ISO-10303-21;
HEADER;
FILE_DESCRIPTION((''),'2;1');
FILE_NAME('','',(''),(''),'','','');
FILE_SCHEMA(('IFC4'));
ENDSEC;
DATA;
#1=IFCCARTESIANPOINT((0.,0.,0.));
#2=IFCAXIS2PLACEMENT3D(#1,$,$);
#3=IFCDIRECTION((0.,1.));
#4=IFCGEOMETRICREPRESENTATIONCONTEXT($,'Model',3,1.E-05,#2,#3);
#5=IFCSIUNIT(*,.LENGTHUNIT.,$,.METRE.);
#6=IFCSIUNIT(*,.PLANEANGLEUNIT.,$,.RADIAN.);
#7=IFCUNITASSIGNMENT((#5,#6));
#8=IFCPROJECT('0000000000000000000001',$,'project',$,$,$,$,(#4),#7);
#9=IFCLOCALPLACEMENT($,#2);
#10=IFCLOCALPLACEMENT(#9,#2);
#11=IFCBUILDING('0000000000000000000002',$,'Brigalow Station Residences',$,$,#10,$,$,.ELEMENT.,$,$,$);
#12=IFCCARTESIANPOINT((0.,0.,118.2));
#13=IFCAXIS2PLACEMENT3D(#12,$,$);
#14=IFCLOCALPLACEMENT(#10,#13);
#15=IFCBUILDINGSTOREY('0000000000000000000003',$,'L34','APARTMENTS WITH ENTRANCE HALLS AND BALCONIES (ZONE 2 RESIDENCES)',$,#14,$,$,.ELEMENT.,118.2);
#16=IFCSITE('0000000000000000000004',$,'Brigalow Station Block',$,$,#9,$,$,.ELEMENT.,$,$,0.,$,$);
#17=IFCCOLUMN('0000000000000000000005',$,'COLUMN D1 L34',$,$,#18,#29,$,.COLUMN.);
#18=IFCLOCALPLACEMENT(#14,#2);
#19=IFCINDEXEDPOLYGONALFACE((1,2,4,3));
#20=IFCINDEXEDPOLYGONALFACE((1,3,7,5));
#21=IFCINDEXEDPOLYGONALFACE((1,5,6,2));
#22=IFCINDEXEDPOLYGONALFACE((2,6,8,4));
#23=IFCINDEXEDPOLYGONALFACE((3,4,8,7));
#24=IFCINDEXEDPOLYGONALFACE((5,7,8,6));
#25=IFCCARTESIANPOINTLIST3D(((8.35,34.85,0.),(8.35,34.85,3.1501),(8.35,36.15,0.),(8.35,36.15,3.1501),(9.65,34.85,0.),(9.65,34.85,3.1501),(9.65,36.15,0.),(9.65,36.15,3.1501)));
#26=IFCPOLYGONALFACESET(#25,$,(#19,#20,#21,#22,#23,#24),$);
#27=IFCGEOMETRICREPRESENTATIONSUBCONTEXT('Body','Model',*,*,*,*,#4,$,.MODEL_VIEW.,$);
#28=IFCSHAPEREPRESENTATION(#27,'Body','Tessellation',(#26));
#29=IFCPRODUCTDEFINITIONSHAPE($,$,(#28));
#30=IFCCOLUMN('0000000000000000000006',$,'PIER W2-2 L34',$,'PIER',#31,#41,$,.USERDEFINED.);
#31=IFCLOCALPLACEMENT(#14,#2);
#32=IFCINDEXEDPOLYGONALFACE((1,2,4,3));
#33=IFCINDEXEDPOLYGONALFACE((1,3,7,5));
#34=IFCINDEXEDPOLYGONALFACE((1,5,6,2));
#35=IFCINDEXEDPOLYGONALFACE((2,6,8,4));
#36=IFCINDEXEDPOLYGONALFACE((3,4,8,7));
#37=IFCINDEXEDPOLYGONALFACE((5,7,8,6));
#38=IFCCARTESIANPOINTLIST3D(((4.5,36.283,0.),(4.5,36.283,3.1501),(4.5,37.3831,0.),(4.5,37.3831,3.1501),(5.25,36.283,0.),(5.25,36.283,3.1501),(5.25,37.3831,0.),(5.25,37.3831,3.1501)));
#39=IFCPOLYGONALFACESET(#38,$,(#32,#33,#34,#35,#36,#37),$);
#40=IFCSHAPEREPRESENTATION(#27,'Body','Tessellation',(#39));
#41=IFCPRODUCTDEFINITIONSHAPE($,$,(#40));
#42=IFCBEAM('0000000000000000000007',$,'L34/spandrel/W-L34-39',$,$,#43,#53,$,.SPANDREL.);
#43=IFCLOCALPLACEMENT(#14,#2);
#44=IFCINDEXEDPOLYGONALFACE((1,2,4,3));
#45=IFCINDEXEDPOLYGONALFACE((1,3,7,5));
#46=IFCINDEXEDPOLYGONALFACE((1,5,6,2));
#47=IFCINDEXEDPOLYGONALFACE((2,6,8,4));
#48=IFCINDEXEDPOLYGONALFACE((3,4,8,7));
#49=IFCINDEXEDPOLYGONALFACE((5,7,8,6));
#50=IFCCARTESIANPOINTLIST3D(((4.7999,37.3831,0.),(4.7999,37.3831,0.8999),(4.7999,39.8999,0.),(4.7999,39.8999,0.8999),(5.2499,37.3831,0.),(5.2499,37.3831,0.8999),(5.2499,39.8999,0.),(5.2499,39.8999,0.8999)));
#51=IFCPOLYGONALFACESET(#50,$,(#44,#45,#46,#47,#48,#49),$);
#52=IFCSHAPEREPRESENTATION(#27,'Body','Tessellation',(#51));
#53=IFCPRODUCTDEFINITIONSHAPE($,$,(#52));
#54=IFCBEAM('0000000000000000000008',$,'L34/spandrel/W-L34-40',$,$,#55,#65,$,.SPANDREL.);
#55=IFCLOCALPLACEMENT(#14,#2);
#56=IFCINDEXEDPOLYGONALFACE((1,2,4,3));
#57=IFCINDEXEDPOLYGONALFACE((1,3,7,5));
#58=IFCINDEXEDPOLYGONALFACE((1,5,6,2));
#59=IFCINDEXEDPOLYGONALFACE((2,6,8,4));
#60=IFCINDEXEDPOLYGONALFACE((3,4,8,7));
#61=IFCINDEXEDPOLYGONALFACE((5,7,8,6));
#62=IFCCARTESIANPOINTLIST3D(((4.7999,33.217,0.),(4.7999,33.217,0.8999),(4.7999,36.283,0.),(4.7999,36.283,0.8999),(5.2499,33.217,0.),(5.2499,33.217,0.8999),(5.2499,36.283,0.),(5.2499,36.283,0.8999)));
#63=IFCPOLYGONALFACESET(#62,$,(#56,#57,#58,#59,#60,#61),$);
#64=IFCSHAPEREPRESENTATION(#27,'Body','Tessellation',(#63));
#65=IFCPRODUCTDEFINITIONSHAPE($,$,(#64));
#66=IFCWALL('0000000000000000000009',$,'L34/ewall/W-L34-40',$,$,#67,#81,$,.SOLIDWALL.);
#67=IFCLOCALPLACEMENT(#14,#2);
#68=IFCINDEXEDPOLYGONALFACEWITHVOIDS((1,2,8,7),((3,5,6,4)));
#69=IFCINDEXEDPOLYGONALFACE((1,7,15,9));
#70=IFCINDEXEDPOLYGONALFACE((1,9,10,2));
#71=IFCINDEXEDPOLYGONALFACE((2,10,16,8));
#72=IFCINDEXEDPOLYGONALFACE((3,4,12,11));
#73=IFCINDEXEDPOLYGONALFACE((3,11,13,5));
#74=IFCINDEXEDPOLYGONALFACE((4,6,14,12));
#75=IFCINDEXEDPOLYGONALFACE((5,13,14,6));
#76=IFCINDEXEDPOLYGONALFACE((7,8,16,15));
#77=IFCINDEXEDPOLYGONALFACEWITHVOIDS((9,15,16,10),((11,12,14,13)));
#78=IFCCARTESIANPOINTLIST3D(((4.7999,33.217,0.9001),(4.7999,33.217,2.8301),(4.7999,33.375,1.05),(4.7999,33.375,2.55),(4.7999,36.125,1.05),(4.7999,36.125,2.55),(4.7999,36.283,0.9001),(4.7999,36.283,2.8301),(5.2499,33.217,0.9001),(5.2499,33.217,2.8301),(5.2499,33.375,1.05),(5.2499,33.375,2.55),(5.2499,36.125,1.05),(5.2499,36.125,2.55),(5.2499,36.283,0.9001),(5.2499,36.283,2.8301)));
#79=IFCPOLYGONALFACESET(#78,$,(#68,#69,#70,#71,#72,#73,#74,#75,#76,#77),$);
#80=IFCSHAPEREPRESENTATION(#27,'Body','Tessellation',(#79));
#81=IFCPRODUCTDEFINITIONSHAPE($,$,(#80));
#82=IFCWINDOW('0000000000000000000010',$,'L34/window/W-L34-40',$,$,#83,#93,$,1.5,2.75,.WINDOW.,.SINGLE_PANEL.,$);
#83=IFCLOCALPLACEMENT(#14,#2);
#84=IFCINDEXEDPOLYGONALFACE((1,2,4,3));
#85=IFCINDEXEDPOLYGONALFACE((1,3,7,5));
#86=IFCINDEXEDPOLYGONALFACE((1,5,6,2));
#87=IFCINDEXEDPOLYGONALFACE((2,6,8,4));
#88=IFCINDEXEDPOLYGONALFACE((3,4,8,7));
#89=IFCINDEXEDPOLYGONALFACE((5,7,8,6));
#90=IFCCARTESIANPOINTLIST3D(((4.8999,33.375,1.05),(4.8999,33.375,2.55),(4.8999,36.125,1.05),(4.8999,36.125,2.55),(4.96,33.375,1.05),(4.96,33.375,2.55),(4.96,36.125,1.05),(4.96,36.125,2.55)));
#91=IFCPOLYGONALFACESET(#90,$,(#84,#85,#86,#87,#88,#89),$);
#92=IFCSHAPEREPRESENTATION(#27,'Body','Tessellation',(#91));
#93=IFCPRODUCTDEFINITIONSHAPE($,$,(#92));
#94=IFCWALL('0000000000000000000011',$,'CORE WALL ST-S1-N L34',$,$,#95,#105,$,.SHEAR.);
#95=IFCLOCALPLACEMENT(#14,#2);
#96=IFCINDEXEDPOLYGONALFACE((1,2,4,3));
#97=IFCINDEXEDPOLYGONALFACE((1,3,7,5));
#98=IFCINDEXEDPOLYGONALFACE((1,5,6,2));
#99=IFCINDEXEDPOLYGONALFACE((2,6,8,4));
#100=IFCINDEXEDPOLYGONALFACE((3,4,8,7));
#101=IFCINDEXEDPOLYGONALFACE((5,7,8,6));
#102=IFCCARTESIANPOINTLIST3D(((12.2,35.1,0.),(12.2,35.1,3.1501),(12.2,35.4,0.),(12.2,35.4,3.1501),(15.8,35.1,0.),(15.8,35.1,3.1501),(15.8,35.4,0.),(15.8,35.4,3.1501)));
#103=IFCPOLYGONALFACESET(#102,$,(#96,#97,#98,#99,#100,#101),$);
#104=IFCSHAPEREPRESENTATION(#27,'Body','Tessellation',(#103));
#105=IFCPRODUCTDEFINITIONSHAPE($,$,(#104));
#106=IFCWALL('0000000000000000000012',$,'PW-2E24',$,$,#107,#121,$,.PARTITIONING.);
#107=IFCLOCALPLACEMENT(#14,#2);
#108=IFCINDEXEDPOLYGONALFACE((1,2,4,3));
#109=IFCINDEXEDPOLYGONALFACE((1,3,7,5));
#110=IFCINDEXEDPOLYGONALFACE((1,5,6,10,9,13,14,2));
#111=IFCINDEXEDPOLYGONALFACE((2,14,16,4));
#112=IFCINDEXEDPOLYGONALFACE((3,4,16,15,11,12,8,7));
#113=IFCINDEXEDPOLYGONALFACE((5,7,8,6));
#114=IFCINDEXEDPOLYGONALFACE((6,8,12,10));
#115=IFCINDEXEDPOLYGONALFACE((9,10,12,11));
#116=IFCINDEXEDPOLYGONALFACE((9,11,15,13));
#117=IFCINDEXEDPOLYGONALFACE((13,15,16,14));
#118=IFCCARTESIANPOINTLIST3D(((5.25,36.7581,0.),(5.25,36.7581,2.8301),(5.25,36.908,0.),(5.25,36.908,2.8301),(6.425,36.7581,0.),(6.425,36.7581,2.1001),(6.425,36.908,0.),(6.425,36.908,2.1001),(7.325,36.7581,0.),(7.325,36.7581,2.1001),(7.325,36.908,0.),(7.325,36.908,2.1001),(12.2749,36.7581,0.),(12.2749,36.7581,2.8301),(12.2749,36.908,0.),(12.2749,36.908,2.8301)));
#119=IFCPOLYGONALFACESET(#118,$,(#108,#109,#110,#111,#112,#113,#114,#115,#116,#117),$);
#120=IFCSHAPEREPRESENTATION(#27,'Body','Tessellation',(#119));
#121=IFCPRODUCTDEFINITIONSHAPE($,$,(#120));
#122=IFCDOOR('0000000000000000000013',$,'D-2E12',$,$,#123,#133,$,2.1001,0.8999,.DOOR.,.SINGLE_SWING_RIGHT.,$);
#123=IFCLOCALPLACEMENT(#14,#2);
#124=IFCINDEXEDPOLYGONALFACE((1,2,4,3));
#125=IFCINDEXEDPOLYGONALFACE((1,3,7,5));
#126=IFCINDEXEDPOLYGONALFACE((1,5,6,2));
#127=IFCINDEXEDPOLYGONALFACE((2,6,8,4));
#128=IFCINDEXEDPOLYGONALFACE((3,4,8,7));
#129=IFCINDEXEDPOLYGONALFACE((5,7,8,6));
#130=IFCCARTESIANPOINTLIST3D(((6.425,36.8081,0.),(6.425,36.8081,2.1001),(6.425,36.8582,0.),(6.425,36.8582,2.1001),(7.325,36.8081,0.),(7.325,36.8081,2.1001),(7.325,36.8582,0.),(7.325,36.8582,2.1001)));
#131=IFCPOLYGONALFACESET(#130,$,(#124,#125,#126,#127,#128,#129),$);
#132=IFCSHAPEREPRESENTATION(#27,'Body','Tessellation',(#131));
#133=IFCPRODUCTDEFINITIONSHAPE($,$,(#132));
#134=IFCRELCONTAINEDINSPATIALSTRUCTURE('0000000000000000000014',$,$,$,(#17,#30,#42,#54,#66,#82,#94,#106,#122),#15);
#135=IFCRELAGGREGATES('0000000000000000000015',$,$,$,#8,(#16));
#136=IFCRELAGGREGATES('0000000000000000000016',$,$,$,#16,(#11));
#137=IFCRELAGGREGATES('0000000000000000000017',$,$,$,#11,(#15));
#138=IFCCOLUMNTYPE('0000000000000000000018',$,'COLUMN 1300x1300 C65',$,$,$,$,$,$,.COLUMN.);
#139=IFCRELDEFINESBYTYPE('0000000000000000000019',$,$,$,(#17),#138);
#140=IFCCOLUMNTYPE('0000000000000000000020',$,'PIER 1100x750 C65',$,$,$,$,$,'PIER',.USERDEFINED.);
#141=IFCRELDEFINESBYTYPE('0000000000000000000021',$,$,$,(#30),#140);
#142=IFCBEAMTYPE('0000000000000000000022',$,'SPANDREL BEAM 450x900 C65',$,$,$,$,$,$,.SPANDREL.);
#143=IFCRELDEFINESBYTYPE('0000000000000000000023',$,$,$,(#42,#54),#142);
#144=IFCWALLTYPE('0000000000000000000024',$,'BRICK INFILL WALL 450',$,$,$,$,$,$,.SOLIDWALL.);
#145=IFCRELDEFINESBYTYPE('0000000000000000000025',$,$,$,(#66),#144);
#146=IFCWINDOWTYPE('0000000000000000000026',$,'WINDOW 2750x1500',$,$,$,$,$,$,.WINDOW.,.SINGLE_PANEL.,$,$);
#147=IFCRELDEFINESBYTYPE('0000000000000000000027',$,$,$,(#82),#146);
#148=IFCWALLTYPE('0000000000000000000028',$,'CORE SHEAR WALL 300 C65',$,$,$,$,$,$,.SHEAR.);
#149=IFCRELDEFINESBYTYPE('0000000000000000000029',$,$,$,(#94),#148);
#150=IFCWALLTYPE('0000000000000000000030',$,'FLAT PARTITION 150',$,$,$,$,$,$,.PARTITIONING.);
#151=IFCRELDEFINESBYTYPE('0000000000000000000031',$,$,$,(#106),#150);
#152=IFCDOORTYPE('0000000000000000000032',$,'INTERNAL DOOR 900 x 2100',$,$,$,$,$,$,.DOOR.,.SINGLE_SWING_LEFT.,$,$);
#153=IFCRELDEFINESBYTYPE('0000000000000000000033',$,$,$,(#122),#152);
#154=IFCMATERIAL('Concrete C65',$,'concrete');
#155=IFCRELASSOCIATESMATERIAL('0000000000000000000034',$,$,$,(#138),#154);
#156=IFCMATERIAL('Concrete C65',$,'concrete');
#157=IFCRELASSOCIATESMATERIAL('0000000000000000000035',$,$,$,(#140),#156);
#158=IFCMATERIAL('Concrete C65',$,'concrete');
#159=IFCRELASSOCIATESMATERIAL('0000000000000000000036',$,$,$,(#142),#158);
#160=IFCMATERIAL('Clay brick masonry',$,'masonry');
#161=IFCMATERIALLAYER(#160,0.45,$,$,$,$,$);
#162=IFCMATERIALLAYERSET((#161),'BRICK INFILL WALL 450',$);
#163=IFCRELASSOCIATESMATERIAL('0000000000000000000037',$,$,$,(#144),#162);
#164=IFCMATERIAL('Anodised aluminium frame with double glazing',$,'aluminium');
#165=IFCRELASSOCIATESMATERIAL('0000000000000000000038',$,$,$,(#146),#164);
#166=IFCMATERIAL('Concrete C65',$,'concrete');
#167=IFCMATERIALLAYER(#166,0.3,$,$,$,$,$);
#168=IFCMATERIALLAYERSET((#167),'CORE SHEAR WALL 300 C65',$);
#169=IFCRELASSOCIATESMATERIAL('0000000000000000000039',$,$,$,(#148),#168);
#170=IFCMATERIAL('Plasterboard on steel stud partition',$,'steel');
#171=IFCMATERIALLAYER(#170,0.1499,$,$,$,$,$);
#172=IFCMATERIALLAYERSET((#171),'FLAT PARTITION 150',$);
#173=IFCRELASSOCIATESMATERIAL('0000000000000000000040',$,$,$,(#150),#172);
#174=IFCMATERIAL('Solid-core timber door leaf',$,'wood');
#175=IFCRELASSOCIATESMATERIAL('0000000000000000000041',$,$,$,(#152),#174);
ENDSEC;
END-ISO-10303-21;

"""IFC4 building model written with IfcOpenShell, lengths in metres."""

from ifc_helpers import new_model, si_unit, direction, frame, frame_2d, origin, origin_2d, place, context, subcontext, project, spatial, rectangle, extrude, material, layer, layer_set, material_profile, profile_set, type_object, element, fill, save


model = new_model("IFC4")

# Units and contexts
model_context = context("Model", 3, precision=1e-05, world=origin(), true_north=direction((0.0, 1.0)))
body_context = subcontext(model_context, "Body", "Model", "MODEL_VIEW")
ifc_project = project(units=[si_unit("LENGTHUNIT", "METRE"), si_unit("PLANEANGLEUNIT", "RADIAN")], contexts=[model_context])

# Site, building, storey
site_placement = place(None, origin())
site = spatial("IfcSite", under=ifc_project, at=site_placement, Name="Brigalow Station Block", CompositionType="ELEMENT", RefElevation=0.0)
building_placement = place(site_placement, origin())
building = spatial("IfcBuilding", under=site, at=building_placement, Name="Brigalow Station Residences", CompositionType="ELEMENT")
storey_placement = place(building_placement, frame((0.0, 0.0, 118.2)))
storey = spatial("IfcBuildingStorey", under=building, at=storey_placement, Name="L34", Description="APARTMENTS WITH ENTRANCE HALLS AND BALCONIES (ZONE 2 RESIDENCES)", CompositionType="ELEMENT", Elevation=118.2)

# Columns
ifc_material_1 = material(Name="Concrete C65", Category="concrete")
ifc_material_profile_1 = material_profile(ifc_material_1, rectangle(XDim=1.3, YDim=1.3, at=origin_2d()), Name="RC1300x1300")
ifc_profile_set_1 = profile_set([ifc_material_profile_1], Name="Concrete C65")
column_type_1 = type_object("IfcColumnType", Name="COLUMN 1300x1300 C65", PredefinedType="COLUMN", material=ifc_profile_set_1)
column_1_placement = place(storey_placement, frame((9.0, 35.5, 0.0), z_axis=(0.0, 0.0, 1.0), x_axis=(1.0, 0.0, 0.0)))
element("IfcColumn", 1, at=column_1_placement, inside=storey, type_object=column_type_1, Name="COLUMN D1 L34", PredefinedType="COLUMN", context=body_context, shape_type="SweptSolid", body=[
    extrude(rectangle(XDim=1.3, YDim=1.3, at=origin_2d()), origin(), (0.0, 0.0, 1.0), 3.1501),
])
ifc_material_2 = material(Name="Concrete C65", Category="concrete")
ifc_material_profile_2 = material_profile(ifc_material_2, rectangle(XDim=1.1001, YDim=0.75, at=origin_2d()), Name="RC1100x750")
ifc_profile_set_2 = profile_set([ifc_material_profile_2], Name="Concrete C65")
column_type_2 = type_object("IfcColumnType", Name="PIER 1100x750 C65", ElementType="PIER", PredefinedType="USERDEFINED", material=ifc_profile_set_2)
column_2_placement = place(storey_placement, frame((4.875, 36.833, 0.0), z_axis=(0.0, 0.0, 1.0), x_axis=(0.0, -1.0, 0.0)))
element("IfcColumn", 2, at=column_2_placement, inside=storey, type_object=column_type_2, Name="PIER W2-2 L34", ObjectType="PIER", PredefinedType="USERDEFINED", context=body_context, shape_type="SweptSolid", body=[
    extrude(rectangle(XDim=1.1001, YDim=0.75, at=origin_2d()), origin(), (0.0, 0.0, 1.0), 3.1501),
])

# Beams
ifc_material_3 = material(Name="Concrete C65", Category="concrete")
ifc_material_profile_3 = material_profile(ifc_material_3, rectangle(XDim=0.45, YDim=0.8999, at=origin_2d()), Name="RC450x900")
ifc_profile_set_3 = profile_set([ifc_material_profile_3], Name="Concrete C65")
beam_type = type_object("IfcBeamType", Name="SPANDREL BEAM 450x900 C65", PredefinedType="SPANDREL", material=ifc_profile_set_3)
beam_1_placement = place(storey_placement, frame((5.0249, 39.8999, 0.45), z_axis=(0.0, -1.0, 0.0), x_axis=(1.0, 0.0, 0.0)))
element("IfcBeam", 3, at=beam_1_placement, inside=storey, type_object=beam_type, Name="L34/spandrel/W-L34-39", PredefinedType="SPANDREL", context=body_context, shape_type="SweptSolid", body=[
    extrude(rectangle(XDim=0.45, YDim=0.8999, at=origin_2d()), origin(), (0.0, 0.0, 1.0), 2.5168),
])
beam_2_placement = place(storey_placement, frame((5.0249, 36.283, 0.45), z_axis=(0.0, -1.0, 0.0), x_axis=(1.0, 0.0, 0.0)))
element("IfcBeam", 4, at=beam_2_placement, inside=storey, type_object=beam_type, Name="L34/spandrel/W-L34-40", PredefinedType="SPANDREL", context=body_context, shape_type="SweptSolid", body=[
    extrude(rectangle(XDim=0.45, YDim=0.8999, at=origin_2d()), origin(), (0.0, 0.0, 1.0), 3.0659),
])

# Wall, opening, window
ifc_material_4 = material(Name="Clay brick masonry", Category="masonry")
ifc_layer_1 = layer(ifc_material_4, 0.45)
ifc_layer_set_1 = layer_set([ifc_layer_1], Name="BRICK INFILL WALL 450")
wall_type_1 = type_object("IfcWallType", Name="BRICK INFILL WALL 450", PredefinedType="SOLIDWALL", material=ifc_layer_set_1)
wall_1_placement = place(storey_placement, frame((5.0249, 36.283, 0.9001), z_axis=(0.0, 0.0, 1.0), x_axis=(0.0, -1.0, 0.0)))
wall_1 = element("IfcWall", 5, at=wall_1_placement, inside=storey, type_object=wall_type_1, Name="L34/ewall/W-L34-40", PredefinedType="SOLIDWALL", context=body_context, shape_type="SweptSolid", body=[
    extrude(rectangle(XDim=3.0659, YDim=0.45, at=frame_2d((1.533, 0.0))), origin(), (0.0, 0.0, 1.0), 1.9299),
])
opening_1_placement = place(wall_1_placement, frame((0.158, 0.0, 0.1499)))
opening_1 = element("IfcOpeningElement", 6, at=opening_1_placement, cuts=wall_1, PredefinedType="OPENING", context=body_context, shape_type="SweptSolid", body=[
    extrude(rectangle(XDim=2.75, YDim=1.5, at=frame_2d((1.375, 0.75))), frame((0.0, 0.2349, 0.0), z_axis=(0.0, -1.0, 0.0), x_axis=(1.0, 0.0, 0.0)), (0.0, 0.0, 1.0), 0.47),
])
ifc_material_5 = material(Name="Anodised aluminium frame with double glazing", Category="aluminium")
window_type = type_object("IfcWindowType", Name="WINDOW 2750x1500", PartitioningType="SINGLE_PANEL", PredefinedType="WINDOW", material=ifc_material_5)
window_placement = place(opening_1_placement, origin())
window = element("IfcWindow", 7, at=window_placement, inside=storey, type_object=window_type, Name="L34/window/W-L34-40", OverallHeight=1.5, OverallWidth=2.75, PartitioningType="SINGLE_PANEL", PredefinedType="WINDOW", context=body_context, shape_type="SweptSolid", body=[
    extrude(rectangle(XDim=2.75, YDim=1.5, at=frame_2d((1.375, 0.75))), frame((0.0, -0.0649, 0.0), z_axis=(0.0, -1.0, 0.0), x_axis=(1.0, 0.0, 0.0)), (0.0, 0.0, 1.0), 0.0601),
])
fill(opening_1, window)

# Wall
ifc_material_6 = material(Name="Concrete C65", Category="concrete")
ifc_layer_2 = layer(ifc_material_6, 0.3)
ifc_layer_set_2 = layer_set([ifc_layer_2], Name="CORE SHEAR WALL 300 C65")
wall_type_2 = type_object("IfcWallType", Name="CORE SHEAR WALL 300 C65", PredefinedType="SHEAR", material=ifc_layer_set_2)
wall_2_placement = place(storey_placement, frame((12.2, 35.25, 0.0), z_axis=(0.0, 0.0, 1.0), x_axis=(1.0, 0.0, 0.0)))
element("IfcWall", 8, at=wall_2_placement, inside=storey, type_object=wall_type_2, Name="CORE WALL ST-S1-N L34", PredefinedType="SHEAR", context=body_context, shape_type="SweptSolid", body=[
    extrude(rectangle(XDim=3.6001, YDim=0.3, at=frame_2d((1.8, 0.0))), origin(), (0.0, 0.0, 1.0), 3.1501),
])

# Wall, opening, door
ifc_material_7 = material(Name="Plasterboard on steel stud partition", Category="steel")
ifc_layer_3 = layer(ifc_material_7, 0.1499)
ifc_layer_set_3 = layer_set([ifc_layer_3], Name="FLAT PARTITION 150")
wall_type_3 = type_object("IfcWallType", Name="FLAT PARTITION 150", PredefinedType="PARTITIONING", material=ifc_layer_set_3)
wall_3_placement = place(storey_placement, frame((5.25, 36.833, 0.0), z_axis=(0.0, 0.0, 1.0), x_axis=(1.0, 0.0, 0.0)))
wall_3 = element("IfcWall", 9, at=wall_3_placement, inside=storey, type_object=wall_type_3, Name="PW-2E24", PredefinedType="PARTITIONING", context=body_context, shape_type="SweptSolid", body=[
    extrude(rectangle(XDim=7.0249, YDim=0.1499, at=frame_2d((3.5125, 0.0))), origin(), (0.0, 0.0, 1.0), 2.8301),
])
opening_2_placement = place(wall_3_placement, frame((1.175, 0.0, 0.0)))
opening_2 = element("IfcOpeningElement", 10, at=opening_2_placement, cuts=wall_3, PredefinedType="OPENING", context=body_context, shape_type="SweptSolid", body=[
    extrude(rectangle(XDim=0.8999, YDim=2.1001, at=frame_2d((0.45, 1.05))), frame((0.0, 0.085, 0.0), z_axis=(0.0, -1.0, 0.0), x_axis=(1.0, 0.0, 0.0)), (0.0, 0.0, 1.0), 0.1699),
])
ifc_material_8 = material(Name="Solid-core timber door leaf", Category="wood")
door_type_1 = type_object("IfcDoorType", Name="INTERNAL DOOR 900 x 2100", OperationType="SINGLE_SWING_LEFT", PredefinedType="DOOR", material=ifc_material_8)
door_1_placement = place(opening_2_placement, frame((0.8999, 0.0, 0.0), z_axis=(0.0, 0.0, 1.0), x_axis=(-1.0, 0.0, 0.0)))
door_1 = element("IfcDoor", 11, at=door_1_placement, inside=storey, type_object=door_type_1, Name="D-2E12", OperationType="SINGLE_SWING_RIGHT", OverallHeight=2.1001, OverallWidth=0.8999, PredefinedType="DOOR", context=body_context, shape_type="SweptSolid", body=[
    extrude(rectangle(XDim=0.8999, YDim=2.1001, at=frame_2d((0.45, 1.05))), frame((0.0, 0.0249, 0.0), z_axis=(0.0, -1.0, 0.0), x_axis=(1.0, 0.0, 0.0)), (0.0, 0.0, 1.0), 0.05),
])
fill(opening_2, door_1)

save(model, "model.ifc")
